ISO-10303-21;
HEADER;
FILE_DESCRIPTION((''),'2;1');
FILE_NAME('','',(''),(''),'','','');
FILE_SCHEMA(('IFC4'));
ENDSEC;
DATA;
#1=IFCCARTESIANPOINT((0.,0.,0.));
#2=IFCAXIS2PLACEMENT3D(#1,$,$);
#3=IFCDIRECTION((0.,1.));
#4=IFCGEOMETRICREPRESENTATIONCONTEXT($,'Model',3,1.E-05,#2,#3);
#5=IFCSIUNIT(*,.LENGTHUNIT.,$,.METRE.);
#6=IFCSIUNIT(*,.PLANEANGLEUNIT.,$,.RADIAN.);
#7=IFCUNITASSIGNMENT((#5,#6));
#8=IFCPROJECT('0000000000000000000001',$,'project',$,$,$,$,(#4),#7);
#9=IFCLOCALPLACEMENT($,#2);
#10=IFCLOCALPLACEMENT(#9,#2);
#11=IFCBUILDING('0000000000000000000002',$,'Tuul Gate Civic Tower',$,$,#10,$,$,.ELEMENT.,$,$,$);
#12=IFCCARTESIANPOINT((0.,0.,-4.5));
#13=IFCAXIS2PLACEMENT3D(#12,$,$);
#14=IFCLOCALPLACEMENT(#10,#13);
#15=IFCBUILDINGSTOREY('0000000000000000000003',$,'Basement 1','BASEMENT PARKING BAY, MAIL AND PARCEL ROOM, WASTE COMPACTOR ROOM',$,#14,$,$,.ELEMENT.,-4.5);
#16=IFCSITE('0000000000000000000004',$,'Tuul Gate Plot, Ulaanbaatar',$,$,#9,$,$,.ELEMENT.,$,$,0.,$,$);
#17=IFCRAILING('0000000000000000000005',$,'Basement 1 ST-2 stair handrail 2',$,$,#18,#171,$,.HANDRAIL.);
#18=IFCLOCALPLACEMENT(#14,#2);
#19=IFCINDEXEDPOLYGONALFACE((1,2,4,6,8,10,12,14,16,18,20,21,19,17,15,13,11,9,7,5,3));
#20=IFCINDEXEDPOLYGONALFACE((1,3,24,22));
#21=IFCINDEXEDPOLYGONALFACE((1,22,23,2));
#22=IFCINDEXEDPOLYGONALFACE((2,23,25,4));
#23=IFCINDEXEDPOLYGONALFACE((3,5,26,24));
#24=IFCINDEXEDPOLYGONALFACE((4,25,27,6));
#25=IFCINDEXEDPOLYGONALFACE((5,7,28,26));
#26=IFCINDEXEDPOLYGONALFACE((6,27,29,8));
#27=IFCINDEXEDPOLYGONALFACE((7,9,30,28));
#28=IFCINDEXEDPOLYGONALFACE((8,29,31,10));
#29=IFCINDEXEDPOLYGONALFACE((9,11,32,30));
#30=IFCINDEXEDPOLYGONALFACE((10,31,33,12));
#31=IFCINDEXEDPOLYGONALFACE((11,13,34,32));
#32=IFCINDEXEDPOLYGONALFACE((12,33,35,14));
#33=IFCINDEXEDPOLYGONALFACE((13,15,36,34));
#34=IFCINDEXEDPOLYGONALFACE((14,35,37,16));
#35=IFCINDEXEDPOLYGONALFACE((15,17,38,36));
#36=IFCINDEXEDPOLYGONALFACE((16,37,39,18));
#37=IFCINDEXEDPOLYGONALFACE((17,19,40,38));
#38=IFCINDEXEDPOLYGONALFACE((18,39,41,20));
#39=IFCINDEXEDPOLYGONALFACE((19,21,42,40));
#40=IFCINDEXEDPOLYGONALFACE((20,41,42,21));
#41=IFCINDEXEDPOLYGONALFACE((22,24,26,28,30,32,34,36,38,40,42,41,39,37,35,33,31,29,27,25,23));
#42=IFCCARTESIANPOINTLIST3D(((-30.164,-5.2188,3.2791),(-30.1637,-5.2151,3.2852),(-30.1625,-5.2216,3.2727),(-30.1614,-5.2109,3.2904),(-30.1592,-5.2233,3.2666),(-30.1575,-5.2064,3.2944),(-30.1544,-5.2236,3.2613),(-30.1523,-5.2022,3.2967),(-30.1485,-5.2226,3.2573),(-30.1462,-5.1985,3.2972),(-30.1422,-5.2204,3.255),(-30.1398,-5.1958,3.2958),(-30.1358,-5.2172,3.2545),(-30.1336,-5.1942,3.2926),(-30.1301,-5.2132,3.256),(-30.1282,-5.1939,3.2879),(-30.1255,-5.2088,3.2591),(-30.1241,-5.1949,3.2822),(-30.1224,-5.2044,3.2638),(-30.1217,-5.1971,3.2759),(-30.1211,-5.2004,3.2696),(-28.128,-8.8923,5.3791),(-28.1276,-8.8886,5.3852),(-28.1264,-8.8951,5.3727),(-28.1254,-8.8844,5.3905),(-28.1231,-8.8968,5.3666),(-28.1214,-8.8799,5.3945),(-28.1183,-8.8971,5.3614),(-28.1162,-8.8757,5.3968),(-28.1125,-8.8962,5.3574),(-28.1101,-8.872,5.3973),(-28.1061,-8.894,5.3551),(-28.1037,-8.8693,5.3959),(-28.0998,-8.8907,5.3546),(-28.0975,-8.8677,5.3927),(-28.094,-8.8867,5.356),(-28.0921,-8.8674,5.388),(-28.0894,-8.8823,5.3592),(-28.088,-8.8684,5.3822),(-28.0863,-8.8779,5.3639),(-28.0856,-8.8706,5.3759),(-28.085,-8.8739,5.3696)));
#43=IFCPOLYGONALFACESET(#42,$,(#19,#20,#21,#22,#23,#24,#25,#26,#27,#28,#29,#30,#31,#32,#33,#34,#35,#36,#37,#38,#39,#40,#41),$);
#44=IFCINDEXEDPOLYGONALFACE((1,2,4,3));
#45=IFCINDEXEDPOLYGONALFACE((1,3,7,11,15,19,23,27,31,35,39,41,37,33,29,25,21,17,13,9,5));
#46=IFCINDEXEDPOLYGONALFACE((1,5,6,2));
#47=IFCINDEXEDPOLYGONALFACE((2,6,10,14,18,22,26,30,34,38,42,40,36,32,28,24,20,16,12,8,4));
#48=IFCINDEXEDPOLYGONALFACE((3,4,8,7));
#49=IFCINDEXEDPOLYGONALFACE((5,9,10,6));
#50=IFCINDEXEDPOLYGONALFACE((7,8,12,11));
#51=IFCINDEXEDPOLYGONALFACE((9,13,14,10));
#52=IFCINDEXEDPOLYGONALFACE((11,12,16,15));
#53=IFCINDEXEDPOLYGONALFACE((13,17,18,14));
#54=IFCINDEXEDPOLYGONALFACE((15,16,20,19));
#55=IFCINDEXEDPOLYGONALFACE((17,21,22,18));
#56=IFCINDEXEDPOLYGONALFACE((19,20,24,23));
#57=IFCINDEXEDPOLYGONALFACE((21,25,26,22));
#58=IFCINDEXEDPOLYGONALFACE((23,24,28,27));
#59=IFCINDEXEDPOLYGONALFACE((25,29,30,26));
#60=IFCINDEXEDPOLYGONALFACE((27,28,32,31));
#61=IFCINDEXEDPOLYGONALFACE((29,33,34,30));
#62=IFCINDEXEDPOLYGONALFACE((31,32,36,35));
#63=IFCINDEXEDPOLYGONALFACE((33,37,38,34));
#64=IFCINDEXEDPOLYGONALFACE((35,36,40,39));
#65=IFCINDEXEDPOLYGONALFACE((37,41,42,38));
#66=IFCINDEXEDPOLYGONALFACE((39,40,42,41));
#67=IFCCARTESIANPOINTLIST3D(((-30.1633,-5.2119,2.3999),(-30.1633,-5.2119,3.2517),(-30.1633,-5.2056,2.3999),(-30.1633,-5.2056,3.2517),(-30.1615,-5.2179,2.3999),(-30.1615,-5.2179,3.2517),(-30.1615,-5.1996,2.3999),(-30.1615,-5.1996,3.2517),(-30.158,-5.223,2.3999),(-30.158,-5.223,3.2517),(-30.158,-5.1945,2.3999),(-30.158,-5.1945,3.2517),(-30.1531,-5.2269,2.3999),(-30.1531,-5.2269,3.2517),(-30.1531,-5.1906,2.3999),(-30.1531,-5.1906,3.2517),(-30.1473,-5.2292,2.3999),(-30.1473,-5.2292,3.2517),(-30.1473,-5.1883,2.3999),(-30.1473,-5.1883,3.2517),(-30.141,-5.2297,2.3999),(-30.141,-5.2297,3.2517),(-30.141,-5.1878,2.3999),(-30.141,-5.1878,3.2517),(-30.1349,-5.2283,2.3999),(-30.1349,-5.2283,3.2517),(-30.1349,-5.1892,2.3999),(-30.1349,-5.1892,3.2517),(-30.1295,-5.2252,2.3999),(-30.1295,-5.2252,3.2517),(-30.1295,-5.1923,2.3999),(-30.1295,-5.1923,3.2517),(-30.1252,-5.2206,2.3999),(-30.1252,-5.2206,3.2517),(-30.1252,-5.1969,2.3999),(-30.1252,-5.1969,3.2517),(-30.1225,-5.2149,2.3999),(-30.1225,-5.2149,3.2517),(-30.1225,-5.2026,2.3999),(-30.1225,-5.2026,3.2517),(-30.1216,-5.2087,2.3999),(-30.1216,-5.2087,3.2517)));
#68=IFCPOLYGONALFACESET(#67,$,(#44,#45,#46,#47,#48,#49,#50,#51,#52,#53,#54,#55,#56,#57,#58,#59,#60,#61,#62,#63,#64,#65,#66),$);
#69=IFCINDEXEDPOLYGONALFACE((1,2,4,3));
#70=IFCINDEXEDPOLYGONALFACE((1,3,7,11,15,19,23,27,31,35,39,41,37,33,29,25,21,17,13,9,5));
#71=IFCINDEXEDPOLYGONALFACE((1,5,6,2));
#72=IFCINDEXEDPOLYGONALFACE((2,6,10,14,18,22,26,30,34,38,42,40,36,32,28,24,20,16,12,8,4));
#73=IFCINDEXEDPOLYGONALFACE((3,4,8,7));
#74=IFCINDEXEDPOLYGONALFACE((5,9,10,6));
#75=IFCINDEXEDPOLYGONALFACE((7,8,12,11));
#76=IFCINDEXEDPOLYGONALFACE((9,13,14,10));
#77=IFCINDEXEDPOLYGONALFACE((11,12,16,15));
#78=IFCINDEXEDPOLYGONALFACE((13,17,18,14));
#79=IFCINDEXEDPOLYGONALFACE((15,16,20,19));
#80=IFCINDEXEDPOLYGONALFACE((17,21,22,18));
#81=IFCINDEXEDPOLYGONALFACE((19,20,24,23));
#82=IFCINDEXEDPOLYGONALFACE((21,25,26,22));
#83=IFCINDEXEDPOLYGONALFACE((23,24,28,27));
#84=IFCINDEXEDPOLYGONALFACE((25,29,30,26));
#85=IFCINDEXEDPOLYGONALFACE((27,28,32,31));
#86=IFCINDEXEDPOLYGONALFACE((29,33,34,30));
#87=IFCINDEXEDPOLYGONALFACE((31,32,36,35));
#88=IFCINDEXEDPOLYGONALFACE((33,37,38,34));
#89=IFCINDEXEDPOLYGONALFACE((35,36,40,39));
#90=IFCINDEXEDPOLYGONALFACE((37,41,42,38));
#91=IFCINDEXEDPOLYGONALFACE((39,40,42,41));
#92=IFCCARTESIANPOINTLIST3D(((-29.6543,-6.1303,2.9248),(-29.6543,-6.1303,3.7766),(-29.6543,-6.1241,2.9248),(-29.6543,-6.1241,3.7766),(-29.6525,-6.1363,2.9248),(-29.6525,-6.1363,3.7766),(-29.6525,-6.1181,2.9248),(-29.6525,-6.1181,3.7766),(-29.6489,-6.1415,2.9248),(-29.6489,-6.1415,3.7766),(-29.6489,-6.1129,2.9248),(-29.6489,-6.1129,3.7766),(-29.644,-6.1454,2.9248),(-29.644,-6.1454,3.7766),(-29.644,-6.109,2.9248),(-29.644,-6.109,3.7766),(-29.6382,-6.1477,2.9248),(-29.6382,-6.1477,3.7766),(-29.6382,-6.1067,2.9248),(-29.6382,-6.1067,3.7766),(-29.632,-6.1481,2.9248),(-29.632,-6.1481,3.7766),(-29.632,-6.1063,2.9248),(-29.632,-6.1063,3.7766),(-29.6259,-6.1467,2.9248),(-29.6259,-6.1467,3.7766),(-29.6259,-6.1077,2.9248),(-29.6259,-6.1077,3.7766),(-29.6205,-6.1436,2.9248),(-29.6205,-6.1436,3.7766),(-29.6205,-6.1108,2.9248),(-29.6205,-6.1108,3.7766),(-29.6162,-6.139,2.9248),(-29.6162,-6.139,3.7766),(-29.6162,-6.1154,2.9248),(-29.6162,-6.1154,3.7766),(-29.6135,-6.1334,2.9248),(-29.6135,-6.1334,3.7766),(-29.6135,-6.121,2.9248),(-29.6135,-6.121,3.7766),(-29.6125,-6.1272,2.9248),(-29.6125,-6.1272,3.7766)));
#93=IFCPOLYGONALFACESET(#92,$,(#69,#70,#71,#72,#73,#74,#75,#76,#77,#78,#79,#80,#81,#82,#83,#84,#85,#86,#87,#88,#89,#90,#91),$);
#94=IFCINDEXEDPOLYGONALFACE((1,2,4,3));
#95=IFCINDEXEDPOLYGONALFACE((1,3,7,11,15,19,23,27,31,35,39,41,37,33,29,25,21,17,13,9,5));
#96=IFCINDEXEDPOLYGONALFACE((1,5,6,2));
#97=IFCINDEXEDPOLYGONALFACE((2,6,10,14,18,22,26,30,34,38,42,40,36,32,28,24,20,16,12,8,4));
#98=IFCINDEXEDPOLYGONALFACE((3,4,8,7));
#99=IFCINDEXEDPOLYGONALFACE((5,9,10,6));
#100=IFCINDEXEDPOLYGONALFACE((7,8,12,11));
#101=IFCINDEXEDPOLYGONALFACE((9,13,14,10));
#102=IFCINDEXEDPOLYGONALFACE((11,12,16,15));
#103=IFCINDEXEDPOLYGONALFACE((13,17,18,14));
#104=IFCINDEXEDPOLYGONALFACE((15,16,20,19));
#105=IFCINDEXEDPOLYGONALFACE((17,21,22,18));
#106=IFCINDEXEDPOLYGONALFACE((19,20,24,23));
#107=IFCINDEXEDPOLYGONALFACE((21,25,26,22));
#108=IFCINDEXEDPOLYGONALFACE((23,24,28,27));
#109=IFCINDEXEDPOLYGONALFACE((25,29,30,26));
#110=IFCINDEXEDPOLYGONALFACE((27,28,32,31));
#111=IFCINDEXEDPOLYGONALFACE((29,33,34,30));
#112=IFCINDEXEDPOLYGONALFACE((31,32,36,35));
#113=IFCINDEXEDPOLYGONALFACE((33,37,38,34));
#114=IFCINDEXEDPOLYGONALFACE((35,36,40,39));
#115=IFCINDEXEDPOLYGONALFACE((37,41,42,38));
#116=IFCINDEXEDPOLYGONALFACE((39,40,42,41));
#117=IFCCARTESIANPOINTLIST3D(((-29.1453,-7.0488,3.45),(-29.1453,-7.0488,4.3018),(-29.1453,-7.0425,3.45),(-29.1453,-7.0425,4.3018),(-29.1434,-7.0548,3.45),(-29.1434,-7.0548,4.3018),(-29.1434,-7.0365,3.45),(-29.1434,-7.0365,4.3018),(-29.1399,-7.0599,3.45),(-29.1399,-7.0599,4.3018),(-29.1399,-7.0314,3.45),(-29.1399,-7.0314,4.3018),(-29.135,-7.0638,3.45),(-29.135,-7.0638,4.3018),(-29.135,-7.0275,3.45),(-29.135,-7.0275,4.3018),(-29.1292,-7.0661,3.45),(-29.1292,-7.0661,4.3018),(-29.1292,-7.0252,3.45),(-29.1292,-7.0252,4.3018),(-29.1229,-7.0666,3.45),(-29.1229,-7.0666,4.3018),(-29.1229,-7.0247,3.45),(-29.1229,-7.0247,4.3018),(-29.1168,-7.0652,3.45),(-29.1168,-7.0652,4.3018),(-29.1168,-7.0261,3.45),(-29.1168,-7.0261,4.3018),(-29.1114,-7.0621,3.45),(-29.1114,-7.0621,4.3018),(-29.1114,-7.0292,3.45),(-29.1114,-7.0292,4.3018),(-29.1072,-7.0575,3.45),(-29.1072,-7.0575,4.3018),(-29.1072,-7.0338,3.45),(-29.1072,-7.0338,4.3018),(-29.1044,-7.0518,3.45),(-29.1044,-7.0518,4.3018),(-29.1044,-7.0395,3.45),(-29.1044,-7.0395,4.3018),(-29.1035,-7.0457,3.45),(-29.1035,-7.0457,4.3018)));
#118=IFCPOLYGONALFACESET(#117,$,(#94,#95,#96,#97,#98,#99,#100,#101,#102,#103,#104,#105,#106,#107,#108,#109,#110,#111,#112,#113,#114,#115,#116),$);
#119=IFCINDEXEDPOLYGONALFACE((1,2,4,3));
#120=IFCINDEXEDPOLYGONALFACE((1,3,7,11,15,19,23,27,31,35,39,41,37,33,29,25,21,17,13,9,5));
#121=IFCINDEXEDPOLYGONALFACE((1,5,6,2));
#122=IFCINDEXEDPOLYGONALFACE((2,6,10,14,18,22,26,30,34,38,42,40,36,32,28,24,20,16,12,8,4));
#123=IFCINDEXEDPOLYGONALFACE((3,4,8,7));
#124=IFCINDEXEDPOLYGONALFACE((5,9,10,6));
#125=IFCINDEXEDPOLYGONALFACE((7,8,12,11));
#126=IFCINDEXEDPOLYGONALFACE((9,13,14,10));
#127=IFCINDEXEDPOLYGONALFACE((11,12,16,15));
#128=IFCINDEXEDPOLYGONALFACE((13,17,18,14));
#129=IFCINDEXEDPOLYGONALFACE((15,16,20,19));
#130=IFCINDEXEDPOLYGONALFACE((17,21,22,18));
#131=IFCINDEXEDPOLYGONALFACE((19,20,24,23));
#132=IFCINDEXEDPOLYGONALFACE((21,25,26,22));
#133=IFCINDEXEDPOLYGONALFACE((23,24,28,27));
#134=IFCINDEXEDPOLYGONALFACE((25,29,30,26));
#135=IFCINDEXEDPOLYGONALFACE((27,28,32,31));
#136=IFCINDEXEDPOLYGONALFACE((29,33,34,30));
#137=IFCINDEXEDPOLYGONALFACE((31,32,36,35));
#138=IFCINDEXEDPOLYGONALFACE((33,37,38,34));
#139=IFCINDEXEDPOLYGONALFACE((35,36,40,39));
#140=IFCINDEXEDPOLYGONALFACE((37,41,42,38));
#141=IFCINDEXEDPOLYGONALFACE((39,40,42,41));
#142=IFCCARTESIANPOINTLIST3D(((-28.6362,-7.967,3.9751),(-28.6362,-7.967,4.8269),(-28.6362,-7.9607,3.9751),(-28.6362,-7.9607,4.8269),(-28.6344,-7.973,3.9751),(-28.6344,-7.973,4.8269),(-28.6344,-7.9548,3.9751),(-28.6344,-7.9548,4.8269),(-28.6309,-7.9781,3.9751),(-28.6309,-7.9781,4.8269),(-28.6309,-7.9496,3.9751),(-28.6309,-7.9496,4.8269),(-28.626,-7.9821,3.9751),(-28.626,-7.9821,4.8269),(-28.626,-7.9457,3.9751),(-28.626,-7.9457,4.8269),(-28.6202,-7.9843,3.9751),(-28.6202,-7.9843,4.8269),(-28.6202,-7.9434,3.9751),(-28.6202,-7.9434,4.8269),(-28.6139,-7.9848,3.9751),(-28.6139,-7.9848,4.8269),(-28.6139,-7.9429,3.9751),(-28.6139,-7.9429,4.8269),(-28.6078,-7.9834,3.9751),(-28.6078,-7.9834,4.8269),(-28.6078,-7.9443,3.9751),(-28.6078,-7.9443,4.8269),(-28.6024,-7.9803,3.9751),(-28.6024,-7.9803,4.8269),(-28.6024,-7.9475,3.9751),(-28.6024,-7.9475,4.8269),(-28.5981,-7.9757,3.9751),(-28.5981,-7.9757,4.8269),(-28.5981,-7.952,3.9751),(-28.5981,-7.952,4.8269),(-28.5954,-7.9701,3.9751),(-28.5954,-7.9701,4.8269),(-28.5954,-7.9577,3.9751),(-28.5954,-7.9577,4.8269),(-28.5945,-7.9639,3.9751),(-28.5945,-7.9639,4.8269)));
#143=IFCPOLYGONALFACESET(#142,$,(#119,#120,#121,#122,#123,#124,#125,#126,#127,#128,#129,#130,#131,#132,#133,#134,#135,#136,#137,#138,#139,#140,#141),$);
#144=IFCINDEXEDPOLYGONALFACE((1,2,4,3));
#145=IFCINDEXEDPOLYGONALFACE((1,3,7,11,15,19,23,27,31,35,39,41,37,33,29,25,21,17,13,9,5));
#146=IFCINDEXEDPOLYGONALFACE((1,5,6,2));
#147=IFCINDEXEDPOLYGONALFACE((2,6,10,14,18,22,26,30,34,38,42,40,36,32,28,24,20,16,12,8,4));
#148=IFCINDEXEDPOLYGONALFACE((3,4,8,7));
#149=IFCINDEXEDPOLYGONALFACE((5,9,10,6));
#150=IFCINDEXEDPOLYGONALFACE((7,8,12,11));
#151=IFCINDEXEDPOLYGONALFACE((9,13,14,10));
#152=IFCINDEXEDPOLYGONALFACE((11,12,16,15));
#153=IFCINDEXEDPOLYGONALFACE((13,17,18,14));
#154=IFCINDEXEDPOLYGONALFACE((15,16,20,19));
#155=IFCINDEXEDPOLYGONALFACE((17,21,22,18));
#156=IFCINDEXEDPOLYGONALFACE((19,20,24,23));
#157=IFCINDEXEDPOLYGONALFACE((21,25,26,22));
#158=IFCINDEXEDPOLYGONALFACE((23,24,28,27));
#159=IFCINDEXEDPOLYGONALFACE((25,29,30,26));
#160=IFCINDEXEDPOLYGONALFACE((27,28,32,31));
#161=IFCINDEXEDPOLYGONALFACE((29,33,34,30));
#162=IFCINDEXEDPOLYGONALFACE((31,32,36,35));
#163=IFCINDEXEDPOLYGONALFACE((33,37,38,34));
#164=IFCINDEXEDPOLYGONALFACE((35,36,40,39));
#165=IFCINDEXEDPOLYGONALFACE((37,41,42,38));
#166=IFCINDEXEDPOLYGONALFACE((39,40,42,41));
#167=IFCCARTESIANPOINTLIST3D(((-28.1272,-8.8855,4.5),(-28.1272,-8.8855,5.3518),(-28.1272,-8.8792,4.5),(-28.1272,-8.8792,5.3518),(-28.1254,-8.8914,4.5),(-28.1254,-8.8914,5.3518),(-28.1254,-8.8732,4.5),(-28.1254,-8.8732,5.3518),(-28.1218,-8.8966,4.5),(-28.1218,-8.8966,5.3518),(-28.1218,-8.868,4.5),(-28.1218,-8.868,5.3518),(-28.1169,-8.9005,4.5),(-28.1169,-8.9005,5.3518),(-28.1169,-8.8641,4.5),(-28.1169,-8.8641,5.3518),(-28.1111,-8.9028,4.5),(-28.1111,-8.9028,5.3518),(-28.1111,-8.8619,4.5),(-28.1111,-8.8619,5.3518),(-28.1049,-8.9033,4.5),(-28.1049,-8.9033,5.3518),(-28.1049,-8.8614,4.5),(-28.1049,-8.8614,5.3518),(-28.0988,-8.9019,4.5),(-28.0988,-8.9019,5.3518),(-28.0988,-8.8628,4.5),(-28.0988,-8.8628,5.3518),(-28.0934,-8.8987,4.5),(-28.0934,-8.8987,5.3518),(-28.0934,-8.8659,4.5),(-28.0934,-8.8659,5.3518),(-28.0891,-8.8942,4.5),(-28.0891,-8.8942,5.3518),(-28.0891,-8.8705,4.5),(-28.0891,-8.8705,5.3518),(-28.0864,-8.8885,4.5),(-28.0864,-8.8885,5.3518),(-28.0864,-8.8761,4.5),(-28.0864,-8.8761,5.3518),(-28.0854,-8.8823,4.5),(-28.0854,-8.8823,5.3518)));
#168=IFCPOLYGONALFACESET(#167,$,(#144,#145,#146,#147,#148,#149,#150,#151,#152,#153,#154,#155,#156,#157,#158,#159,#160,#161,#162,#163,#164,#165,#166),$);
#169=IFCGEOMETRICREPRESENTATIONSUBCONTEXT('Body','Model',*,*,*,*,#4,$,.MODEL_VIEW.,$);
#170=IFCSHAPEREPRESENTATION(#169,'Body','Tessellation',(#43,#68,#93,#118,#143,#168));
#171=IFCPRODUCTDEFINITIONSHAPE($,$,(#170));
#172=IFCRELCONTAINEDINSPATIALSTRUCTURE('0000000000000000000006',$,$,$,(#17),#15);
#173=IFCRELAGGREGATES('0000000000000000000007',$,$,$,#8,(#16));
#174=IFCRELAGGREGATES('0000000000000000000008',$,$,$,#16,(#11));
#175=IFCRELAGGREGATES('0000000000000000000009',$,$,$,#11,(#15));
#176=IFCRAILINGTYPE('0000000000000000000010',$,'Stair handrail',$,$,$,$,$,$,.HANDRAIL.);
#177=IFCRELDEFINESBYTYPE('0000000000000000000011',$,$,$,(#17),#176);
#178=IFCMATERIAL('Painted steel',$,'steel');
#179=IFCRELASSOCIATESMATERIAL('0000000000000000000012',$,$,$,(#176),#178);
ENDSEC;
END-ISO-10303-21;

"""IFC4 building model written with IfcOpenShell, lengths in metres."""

from ifc_helpers import new_model, si_unit, direction, frame, origin, origin_2d, place, context, subcontext, project, spatial, circle, extrude, material, type_object, element, save


model = new_model("IFC4")

# Units and contexts
model_context = context("Model", 3, precision=1e-05, world=origin(), true_north=direction((0.0, 1.0)))
body_context = subcontext(model_context, "Body", "Model", "MODEL_VIEW")
ifc_project = project(units=[si_unit("LENGTHUNIT", "METRE"), si_unit("PLANEANGLEUNIT", "RADIAN")], contexts=[model_context])

# Site, building, storey
site_placement = place(None, origin())
site = spatial("IfcSite", under=ifc_project, at=site_placement, Name="Tuul Gate Plot, Ulaanbaatar", CompositionType="ELEMENT", RefElevation=0.0)
building_placement = place(site_placement, origin())
building = spatial("IfcBuilding", under=site, at=building_placement, Name="Tuul Gate Civic Tower", CompositionType="ELEMENT")
storey_placement = place(building_placement, frame((0.0, 0.0, -4.5)))
storey = spatial("IfcBuildingStorey", under=building, at=storey_placement, Name="Basement 1", Description="BASEMENT PARKING BAY, MAIL AND PARCEL ROOM, WASTE COMPACTOR ROOM", CompositionType="ELEMENT", Elevation=-4.5)

# Railing
ifc_material_1 = material(Name="Painted steel", Category="steel")
railing_type = type_object("IfcRailingType", Name="Stair handrail", PredefinedType="HANDRAIL", material=ifc_material_1)
railing_1_placement = place(storey_placement, frame((-30.1426, -5.2087, 2.3999)))
element("IfcRailing", 1, at=railing_1_placement, inside=storey, type_object=railing_type, Name="Basement 1 ST-2 stair handrail 2", PredefinedType="HANDRAIL", context=body_context, shape_type="SweptSolid", body=[
    extrude(circle(Radius=0.0239, at=origin_2d()), frame((0.0, 0.0, 0.876), z_axis=(0.433598, -0.782296, 0.44722), x_axis=(0.874637, 0.484779, 0.0)), (0.0, 0.0, 1.0), 4.6958),
    extrude(circle(Radius=0.021, at=origin_2d()), origin(), (0.0, 0.0, 1.0), 0.8518),
    extrude(circle(Radius=0.021, at=origin_2d()), frame((0.509, -0.9185, 0.5249)), (0.0, 0.0, 1.0), 0.8518),
    extrude(circle(Radius=0.021, at=origin_2d()), frame((1.0181, -1.8369, 1.05)), (0.0, 0.0, 1.0), 0.8518),
    extrude(circle(Radius=0.021, at=origin_2d()), frame((1.5271, -2.7551, 1.5752)), (0.0, 0.0, 1.0), 0.8518),
    extrude(circle(Radius=0.021, at=origin_2d()), frame((2.0361, -3.6736, 2.1001)), (0.0, 0.0, 1.0), 0.8518),
])

save(model, "model.ifc")
